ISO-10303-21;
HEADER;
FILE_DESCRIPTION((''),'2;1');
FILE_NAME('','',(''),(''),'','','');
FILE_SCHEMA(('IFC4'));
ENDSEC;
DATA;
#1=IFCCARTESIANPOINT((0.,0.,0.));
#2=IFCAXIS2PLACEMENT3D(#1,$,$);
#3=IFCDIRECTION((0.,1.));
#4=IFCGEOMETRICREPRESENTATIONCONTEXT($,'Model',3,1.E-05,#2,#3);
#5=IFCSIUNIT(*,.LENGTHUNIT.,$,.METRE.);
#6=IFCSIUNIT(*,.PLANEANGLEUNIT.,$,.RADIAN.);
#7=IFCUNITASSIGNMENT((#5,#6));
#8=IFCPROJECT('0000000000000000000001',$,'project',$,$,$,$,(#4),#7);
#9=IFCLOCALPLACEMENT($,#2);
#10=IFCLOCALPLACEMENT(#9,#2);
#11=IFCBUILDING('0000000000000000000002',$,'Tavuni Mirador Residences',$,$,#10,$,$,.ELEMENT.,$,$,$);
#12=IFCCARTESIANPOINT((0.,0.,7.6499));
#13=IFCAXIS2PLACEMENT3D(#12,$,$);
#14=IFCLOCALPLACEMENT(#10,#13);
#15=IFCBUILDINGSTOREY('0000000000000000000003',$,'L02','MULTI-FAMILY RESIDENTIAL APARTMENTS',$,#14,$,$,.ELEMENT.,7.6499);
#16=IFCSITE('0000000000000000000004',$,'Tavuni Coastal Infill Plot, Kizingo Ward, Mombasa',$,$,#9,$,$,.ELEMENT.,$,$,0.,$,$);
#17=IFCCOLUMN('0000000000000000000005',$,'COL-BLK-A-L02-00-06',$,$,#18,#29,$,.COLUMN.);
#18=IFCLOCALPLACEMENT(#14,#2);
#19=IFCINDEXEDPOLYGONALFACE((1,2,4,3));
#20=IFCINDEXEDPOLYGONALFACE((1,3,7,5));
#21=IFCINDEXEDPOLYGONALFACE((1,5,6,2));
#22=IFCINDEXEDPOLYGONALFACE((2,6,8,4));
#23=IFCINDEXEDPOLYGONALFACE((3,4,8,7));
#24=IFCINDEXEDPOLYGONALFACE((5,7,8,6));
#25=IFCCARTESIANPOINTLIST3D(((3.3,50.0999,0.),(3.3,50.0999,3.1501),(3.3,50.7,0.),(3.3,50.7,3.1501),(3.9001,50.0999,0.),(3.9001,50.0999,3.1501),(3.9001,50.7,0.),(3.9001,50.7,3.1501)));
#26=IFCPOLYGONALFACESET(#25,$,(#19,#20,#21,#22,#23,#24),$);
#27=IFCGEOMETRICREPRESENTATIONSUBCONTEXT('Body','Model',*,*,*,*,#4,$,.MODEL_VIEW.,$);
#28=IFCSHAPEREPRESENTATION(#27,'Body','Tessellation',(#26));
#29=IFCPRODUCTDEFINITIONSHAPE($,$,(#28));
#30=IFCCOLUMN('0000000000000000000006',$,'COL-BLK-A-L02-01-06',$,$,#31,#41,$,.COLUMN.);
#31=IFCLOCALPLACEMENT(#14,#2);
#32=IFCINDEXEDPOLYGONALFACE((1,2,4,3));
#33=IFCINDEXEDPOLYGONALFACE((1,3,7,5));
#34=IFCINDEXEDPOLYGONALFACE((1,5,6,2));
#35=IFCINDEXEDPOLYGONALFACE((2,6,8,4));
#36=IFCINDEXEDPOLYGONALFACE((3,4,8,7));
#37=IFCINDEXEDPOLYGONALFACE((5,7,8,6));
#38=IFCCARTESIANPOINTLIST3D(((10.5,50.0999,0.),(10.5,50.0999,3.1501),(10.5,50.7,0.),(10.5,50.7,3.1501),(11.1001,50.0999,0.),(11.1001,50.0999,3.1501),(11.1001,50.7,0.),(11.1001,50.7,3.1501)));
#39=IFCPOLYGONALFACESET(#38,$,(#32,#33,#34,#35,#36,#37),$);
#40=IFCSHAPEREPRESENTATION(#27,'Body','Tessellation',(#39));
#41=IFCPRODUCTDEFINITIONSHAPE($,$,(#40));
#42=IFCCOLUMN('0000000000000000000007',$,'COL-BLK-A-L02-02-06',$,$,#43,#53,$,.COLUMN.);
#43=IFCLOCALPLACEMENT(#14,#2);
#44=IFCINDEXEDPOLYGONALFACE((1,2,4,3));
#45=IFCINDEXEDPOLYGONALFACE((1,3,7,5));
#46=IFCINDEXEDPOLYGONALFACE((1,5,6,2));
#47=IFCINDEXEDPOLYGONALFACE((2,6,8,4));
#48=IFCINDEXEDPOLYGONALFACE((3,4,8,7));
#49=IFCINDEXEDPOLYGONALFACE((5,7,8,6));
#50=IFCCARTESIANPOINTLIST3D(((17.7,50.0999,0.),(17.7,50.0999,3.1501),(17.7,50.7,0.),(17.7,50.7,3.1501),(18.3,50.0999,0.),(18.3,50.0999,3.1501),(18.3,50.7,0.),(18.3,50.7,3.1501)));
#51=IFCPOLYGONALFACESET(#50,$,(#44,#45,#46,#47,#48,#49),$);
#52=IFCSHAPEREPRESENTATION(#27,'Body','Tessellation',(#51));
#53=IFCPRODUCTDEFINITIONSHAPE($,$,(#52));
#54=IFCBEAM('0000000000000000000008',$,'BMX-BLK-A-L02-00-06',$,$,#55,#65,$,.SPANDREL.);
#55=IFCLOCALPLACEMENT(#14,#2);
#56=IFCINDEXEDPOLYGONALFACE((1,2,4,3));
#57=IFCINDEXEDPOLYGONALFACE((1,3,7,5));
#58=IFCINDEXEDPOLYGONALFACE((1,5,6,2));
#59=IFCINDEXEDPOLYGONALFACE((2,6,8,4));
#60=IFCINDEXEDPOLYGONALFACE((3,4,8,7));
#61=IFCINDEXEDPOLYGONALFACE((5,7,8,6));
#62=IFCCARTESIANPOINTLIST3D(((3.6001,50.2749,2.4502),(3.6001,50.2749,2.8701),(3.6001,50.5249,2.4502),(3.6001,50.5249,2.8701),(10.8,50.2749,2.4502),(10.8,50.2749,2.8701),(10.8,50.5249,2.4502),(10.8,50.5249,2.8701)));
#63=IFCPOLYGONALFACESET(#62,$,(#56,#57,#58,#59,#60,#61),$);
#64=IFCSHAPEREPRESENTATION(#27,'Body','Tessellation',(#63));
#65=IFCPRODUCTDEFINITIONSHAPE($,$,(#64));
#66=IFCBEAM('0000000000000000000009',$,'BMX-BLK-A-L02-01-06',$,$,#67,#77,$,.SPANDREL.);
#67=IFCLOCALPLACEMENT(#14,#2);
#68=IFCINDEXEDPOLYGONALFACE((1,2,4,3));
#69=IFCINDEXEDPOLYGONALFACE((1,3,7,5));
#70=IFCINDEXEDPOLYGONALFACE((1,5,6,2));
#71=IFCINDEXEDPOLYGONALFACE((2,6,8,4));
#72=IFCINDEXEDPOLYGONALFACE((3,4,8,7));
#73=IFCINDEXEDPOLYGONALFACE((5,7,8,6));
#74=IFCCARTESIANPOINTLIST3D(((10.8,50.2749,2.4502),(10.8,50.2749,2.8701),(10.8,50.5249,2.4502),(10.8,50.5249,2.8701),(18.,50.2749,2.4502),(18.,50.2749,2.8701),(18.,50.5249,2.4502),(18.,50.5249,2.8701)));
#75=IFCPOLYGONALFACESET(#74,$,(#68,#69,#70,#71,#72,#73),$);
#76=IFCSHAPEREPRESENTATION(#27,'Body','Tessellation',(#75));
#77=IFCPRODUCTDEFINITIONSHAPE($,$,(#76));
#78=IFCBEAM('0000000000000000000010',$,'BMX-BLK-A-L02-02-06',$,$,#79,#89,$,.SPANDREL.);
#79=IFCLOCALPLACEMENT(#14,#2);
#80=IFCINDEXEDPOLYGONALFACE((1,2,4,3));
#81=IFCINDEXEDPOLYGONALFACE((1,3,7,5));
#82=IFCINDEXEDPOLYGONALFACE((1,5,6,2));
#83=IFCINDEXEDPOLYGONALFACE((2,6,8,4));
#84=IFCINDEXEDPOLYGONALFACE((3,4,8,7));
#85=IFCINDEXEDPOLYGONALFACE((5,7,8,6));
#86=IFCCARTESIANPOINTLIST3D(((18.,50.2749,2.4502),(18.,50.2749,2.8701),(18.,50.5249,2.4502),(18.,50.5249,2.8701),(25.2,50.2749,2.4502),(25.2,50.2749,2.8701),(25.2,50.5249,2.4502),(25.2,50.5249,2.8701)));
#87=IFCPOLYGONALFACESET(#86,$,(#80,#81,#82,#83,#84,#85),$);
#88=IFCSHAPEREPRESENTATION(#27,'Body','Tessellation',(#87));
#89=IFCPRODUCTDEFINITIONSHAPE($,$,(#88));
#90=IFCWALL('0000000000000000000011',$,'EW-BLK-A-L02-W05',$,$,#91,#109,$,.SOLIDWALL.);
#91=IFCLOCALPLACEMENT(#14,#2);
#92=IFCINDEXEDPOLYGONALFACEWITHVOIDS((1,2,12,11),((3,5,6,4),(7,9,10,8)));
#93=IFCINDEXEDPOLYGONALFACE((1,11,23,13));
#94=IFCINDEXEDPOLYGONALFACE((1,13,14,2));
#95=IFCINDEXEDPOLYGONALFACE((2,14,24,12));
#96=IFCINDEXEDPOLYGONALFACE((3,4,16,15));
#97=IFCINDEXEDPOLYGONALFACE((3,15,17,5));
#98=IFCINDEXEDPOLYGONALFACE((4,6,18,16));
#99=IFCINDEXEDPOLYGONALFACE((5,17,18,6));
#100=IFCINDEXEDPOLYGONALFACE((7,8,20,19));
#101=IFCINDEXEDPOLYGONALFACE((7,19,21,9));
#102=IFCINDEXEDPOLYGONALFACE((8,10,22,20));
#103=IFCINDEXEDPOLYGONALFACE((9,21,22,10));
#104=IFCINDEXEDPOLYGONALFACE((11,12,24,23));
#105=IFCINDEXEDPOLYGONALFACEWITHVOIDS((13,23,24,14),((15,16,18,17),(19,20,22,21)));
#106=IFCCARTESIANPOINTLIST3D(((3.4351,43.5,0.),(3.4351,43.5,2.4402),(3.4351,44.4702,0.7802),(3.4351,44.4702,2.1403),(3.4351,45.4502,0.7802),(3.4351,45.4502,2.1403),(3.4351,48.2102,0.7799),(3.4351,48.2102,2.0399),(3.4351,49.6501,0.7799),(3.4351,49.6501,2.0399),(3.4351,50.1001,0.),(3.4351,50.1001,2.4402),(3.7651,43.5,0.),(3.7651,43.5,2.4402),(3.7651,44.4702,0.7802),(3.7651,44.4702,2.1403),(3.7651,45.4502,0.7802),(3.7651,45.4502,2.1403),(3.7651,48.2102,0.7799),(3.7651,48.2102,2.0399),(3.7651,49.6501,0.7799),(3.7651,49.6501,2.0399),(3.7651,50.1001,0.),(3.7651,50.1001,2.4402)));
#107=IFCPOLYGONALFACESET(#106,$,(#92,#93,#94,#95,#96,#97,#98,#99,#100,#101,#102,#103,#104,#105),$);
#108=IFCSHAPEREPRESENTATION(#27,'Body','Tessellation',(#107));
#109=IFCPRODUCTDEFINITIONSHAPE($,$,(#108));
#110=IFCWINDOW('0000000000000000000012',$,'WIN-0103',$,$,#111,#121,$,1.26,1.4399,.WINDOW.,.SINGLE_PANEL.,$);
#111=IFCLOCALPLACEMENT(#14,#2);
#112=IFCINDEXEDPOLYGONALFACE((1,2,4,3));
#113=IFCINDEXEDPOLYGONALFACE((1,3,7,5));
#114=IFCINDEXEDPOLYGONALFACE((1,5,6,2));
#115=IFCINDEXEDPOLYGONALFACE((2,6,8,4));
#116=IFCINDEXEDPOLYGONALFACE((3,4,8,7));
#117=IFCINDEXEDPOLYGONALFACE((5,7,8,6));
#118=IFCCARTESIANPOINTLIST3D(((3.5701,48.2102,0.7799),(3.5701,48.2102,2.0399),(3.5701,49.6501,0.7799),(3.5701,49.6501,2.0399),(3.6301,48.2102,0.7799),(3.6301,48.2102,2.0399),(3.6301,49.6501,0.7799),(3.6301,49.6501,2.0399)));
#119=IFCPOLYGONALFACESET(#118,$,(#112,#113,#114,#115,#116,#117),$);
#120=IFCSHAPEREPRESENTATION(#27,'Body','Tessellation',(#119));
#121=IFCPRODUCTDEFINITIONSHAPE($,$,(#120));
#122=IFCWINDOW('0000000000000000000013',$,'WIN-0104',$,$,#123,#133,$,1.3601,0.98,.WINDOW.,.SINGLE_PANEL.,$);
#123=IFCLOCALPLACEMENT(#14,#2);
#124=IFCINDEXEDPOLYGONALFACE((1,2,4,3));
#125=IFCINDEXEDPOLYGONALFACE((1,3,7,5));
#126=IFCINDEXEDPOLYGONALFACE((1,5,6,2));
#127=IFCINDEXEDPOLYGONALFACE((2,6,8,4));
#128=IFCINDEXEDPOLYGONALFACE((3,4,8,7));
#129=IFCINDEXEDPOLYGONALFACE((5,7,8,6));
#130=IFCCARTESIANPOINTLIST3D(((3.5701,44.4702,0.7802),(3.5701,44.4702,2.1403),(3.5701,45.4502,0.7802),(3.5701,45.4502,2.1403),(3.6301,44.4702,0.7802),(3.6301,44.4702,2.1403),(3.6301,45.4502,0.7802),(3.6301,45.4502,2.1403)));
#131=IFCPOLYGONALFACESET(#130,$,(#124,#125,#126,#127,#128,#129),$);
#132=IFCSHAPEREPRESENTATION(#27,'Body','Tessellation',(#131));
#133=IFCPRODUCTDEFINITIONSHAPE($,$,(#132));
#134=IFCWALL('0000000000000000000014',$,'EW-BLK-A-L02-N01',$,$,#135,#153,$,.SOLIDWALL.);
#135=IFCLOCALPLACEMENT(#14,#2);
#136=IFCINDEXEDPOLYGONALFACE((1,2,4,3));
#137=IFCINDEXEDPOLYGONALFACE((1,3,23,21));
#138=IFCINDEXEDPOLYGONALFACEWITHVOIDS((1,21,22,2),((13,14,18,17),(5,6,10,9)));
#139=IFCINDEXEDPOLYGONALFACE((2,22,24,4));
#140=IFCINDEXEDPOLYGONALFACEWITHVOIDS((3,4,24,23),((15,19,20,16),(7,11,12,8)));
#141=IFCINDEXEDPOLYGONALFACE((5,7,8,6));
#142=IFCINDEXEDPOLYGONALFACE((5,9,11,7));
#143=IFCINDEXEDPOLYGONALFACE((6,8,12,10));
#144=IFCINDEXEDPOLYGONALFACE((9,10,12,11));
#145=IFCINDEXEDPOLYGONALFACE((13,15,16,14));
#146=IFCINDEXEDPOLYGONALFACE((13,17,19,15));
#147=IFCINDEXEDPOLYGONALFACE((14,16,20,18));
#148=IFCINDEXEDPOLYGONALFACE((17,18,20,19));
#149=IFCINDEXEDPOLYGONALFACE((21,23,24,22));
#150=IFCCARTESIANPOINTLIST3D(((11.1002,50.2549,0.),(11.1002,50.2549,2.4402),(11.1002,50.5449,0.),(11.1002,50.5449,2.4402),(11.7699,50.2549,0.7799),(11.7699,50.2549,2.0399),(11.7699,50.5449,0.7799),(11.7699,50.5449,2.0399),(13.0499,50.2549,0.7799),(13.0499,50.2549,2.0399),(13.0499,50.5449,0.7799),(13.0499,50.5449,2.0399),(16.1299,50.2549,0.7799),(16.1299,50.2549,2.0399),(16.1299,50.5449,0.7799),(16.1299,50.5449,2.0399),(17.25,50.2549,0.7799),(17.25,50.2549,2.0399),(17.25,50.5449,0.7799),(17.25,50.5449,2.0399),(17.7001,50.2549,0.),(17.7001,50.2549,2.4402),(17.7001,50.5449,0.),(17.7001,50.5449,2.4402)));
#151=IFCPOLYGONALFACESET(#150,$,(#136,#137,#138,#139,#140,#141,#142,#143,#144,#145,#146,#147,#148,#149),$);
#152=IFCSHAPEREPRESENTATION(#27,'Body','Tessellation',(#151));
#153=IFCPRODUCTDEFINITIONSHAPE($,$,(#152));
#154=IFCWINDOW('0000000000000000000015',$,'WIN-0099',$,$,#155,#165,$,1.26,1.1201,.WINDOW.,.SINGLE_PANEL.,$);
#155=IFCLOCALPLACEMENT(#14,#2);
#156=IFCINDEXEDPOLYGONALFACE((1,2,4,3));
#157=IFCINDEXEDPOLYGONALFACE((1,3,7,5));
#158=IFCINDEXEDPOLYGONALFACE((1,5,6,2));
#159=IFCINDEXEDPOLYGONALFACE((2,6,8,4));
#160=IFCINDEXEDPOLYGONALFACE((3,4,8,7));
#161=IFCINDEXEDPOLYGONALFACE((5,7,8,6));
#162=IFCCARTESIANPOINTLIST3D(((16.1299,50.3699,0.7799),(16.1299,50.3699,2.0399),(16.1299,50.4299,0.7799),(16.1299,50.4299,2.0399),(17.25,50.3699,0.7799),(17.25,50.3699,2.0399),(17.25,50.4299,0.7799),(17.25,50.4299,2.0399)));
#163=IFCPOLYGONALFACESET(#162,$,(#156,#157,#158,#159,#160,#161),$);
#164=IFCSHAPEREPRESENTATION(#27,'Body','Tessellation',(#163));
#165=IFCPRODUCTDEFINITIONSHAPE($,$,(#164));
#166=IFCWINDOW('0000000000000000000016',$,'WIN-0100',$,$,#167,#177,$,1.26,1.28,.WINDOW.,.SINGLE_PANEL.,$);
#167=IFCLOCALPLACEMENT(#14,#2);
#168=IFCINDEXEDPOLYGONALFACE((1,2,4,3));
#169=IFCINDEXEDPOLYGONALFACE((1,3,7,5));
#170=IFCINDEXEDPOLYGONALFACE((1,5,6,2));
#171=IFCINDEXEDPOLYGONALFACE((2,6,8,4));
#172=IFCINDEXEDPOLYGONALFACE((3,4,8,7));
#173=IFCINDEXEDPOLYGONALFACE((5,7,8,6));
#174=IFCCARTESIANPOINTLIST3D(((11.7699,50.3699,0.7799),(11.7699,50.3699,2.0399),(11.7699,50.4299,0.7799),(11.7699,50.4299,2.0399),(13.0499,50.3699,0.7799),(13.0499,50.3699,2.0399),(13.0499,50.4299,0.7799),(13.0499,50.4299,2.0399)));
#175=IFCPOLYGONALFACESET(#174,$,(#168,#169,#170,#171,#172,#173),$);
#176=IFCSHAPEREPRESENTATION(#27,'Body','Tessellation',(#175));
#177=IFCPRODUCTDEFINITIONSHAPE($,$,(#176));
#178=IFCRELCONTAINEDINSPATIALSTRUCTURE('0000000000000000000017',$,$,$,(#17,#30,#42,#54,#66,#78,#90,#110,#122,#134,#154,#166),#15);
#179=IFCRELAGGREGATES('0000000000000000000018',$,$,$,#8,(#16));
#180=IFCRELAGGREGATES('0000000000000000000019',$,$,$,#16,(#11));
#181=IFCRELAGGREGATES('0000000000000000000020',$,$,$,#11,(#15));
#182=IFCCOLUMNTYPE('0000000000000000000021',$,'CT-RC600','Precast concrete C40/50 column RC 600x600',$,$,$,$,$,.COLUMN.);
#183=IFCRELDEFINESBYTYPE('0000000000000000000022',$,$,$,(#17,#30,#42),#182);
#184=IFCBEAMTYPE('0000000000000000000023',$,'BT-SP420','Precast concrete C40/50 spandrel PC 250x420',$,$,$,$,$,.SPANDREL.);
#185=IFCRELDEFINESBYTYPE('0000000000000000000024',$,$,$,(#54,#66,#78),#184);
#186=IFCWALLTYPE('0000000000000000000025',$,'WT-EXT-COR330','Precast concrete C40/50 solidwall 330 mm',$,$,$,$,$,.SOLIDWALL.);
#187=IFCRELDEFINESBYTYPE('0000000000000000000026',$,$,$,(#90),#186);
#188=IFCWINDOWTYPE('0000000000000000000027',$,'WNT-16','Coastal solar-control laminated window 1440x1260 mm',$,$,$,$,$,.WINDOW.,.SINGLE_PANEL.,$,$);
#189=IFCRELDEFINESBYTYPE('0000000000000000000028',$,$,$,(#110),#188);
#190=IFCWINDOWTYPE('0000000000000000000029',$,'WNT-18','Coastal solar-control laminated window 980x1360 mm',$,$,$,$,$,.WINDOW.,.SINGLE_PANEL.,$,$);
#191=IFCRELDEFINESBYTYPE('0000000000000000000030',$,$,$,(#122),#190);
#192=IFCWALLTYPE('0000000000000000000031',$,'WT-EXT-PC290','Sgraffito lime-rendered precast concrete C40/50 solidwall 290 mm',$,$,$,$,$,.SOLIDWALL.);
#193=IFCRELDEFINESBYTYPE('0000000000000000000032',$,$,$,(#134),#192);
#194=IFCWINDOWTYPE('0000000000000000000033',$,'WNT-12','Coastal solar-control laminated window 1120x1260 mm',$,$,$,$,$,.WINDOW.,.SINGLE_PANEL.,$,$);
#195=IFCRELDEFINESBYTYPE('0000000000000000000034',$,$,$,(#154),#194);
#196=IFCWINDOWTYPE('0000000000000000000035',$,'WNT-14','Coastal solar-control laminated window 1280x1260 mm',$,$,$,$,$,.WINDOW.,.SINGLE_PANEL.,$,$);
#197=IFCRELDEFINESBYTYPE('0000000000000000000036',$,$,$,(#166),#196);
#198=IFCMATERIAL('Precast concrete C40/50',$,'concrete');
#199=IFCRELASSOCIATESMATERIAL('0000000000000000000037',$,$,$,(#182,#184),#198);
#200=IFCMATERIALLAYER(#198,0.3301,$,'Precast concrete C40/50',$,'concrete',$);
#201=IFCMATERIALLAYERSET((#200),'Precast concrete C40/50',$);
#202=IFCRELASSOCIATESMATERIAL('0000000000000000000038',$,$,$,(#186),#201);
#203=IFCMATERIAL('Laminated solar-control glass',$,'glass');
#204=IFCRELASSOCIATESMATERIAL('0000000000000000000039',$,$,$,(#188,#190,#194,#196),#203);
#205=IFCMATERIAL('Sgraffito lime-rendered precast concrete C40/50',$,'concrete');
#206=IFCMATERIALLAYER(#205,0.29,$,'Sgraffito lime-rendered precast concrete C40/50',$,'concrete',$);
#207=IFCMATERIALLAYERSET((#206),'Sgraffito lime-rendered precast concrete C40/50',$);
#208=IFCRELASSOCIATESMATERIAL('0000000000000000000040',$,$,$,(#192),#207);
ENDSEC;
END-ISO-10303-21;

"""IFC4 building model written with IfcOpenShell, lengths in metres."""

from ifc_helpers import new_model, si_unit, direction, frame, frame_2d, origin, origin_2d, place, context, subcontext, project, spatial, rectangle, extrude, material, layer, layer_set, material_profile, profile_set, type_object, element, fill, save


model = new_model("IFC4")

# Units and contexts
model_context = context("Model", 3, precision=1e-05, world=origin(), true_north=direction((0.0, 1.0)))
body_context = subcontext(model_context, "Body", "Model", "MODEL_VIEW")
ifc_project = project(units=[si_unit("LENGTHUNIT", "METRE"), si_unit("PLANEANGLEUNIT", "RADIAN")], contexts=[model_context])

# Site, building, storey
site_placement = place(None, origin())
site = spatial("IfcSite", under=ifc_project, at=site_placement, Name="Tavuni Coastal Infill Plot, Kizingo Ward, Mombasa", CompositionType="ELEMENT", RefElevation=0.0)
building_placement = place(site_placement, origin())
building = spatial("IfcBuilding", under=site, at=building_placement, Name="Tavuni Mirador Residences", CompositionType="ELEMENT")
storey_placement = place(building_placement, frame((0.0, 0.0, 7.6499)))
storey = spatial("IfcBuildingStorey", under=building, at=storey_placement, Name="L02", Description="MULTI-FAMILY RESIDENTIAL APARTMENTS", CompositionType="ELEMENT", Elevation=7.6499)

# Columns
ifc_material_1 = material(Name="Precast concrete C40/50", Category="concrete")
ifc_material_profile_1 = material_profile(ifc_material_1, rectangle(XDim=0.6001, YDim=0.6001, at=origin_2d()), Name="RC 600x600", Category="concrete")
ifc_profile_set_1 = profile_set([ifc_material_profile_1], Name="Precast concrete C40/50")
column_type = type_object("IfcColumnType", Name="CT-RC600", Description="Precast concrete C40/50 column RC 600x600", PredefinedType="COLUMN", material=ifc_profile_set_1)
for number, where, z_axis, x_axis, name in (
    (1, (3.6001, 50.3999, 0.0), (0.0, 0.0, 1.0), (1.0, 0.0, 0.0), "COL-BLK-A-L02-00-06"),
    (2, (10.8, 50.3999, 0.0), (0.0, 0.0, 1.0), (1.0, 0.0, 0.0), "COL-BLK-A-L02-01-06"),
    (3, (18.0, 50.3999, 0.0), (0.0, 0.0, 1.0), (1.0, 0.0, 0.0), "COL-BLK-A-L02-02-06"),
):
    element("IfcColumn", number, at=place(storey_placement, frame(where, z_axis=z_axis, x_axis=x_axis)), inside=storey, type_object=column_type, Name=name, PredefinedType="COLUMN", context=body_context, shape_type="SweptSolid", body=[
        extrude(rectangle(XDim=0.6001, YDim=0.6001, at=origin_2d()), origin(), (0.0, 0.0, 1.0), 3.1501),
    ])

# Beams
ifc_material_profile_2 = material_profile(ifc_material_1, rectangle(XDim=0.25, YDim=0.4199, at=origin_2d()), Name="PC 250x420", Category="concrete")
ifc_profile_set_2 = profile_set([ifc_material_profile_2], Name="Precast concrete C40/50")
beam_type = type_object("IfcBeamType", Name="BT-SP420", Description="Precast concrete C40/50 spandrel PC 250x420", PredefinedType="SPANDREL", material=ifc_profile_set_2)
for number, where, z_axis, x_axis, name in (
    (4, (3.6001, 50.3999, 2.6602), (1.0, 0.0, 0.0), (0.0, 1.0, 0.0), "BMX-BLK-A-L02-00-06"),
    (5, (10.8, 50.3999, 2.6602), (1.0, 0.0, 0.0), (0.0, 1.0, 0.0), "BMX-BLK-A-L02-01-06"),
    (6, (18.0, 50.3999, 2.6602), (1.0, 0.0, 0.0), (0.0, 1.0, 0.0), "BMX-BLK-A-L02-02-06"),
):
    element("IfcBeam", number, at=place(storey_placement, frame(where, z_axis=z_axis, x_axis=x_axis)), inside=storey, type_object=beam_type, Name=name, PredefinedType="SPANDREL", context=body_context, shape_type="SweptSolid", body=[
        extrude(rectangle(XDim=0.25, YDim=0.4199, at=origin_2d()), origin(), (0.0, 0.0, 1.0), 7.2),
    ])

# Walls, openings, windows
ifc_layer_1 = layer(ifc_material_1, 0.3301, Name="Precast concrete C40/50", Category="concrete")
ifc_layer_set_1 = layer_set([ifc_layer_1], Name="Precast concrete C40/50")
wall_type_1 = type_object("IfcWallType", Name="WT-EXT-COR330", Description="Precast concrete C40/50 solidwall 330 mm", PredefinedType="SOLIDWALL", material=ifc_layer_set_1)
wall_1_placement = place(storey_placement, frame((3.6001, 50.1001, 0.0), z_axis=(0.0, 0.0, 1.0), x_axis=(0.0, -1.0, 0.0)))
wall_1 = element("IfcWall", 7, at=wall_1_placement, inside=storey, type_object=wall_type_1, Name="EW-BLK-A-L02-W05", PredefinedType="SOLIDWALL", context=body_context, shape_type="SweptSolid", body=[
    extrude(rectangle(XDim=6.6001, YDim=0.3301, at=frame_2d((3.3, 0.0))), origin(), (0.0, 0.0, 1.0), 2.4402),
])
opening_1_placement = place(wall_1_placement, frame((0.45, 0.0, 0.78)))
opening_1 = element("IfcOpeningElement", 8, at=opening_1_placement, cuts=wall_1, PredefinedType="OPENING", context=body_context, shape_type="SweptSolid", body=[
    extrude(rectangle(XDim=1.4399, YDim=1.26, at=frame_2d((0.72, 0.6299))), frame((0.0, 0.175, 0.0), z_axis=(0.0, -1.0, 0.0), x_axis=(1.0, 0.0, 0.0)), (0.0, 0.0, 1.0), 0.3501),
])
opening_2_placement = place(wall_1_placement, frame((4.6499, 0.0, 0.78)))
opening_2 = element("IfcOpeningElement", 9, at=opening_2_placement, cuts=wall_1, PredefinedType="OPENING", context=body_context, shape_type="SweptSolid", body=[
    extrude(rectangle(XDim=0.98, YDim=1.3601, at=frame_2d((0.49, 0.6802))), frame((0.0, 0.175, 0.0), z_axis=(0.0, -1.0, 0.0), x_axis=(1.0, 0.0, 0.0)), (0.0, 0.0, 1.0), 0.3501),
])
ifc_material_2 = material(Name="Laminated solar-control glass", Category="glass")
window_type_1 = type_object("IfcWindowType", Name="WNT-16", Description="Coastal solar-control laminated window 1440x1260 mm", PartitioningType="SINGLE_PANEL", PredefinedType="WINDOW", material=ifc_material_2)
window_1_placement = place(opening_1_placement, origin())
window_1 = element("IfcWindow", 10, at=window_1_placement, inside=storey, type_object=window_type_1, Name="WIN-0103", OverallHeight=1.26, OverallWidth=1.4399, PartitioningType="SINGLE_PANEL", PredefinedType="WINDOW", context=body_context, shape_type="SweptSolid", body=[
    extrude(rectangle(XDim=1.4399, YDim=1.26, at=frame_2d((0.72, 0.6299))), frame((0.0, 0.03, 0.0), z_axis=(0.0, -1.0, 0.0), x_axis=(1.0, 0.0, 0.0)), (0.0, 0.0, 1.0), 0.0601),
])
fill(opening_1, window_1)
window_type_2 = type_object("IfcWindowType", Name="WNT-18", Description="Coastal solar-control laminated window 980x1360 mm", PartitioningType="SINGLE_PANEL", PredefinedType="WINDOW", material=ifc_material_2)
window_2_placement = place(opening_2_placement, origin())
window_2 = element("IfcWindow", 11, at=window_2_placement, inside=storey, type_object=window_type_2, Name="WIN-0104", OverallHeight=1.3601, OverallWidth=0.98, PartitioningType="SINGLE_PANEL", PredefinedType="WINDOW", context=body_context, shape_type="SweptSolid", body=[
    extrude(rectangle(XDim=0.98, YDim=1.3601, at=frame_2d((0.49, 0.6802))), frame((0.0, 0.03, 0.0), z_axis=(0.0, -1.0, 0.0), x_axis=(1.0, 0.0, 0.0)), (0.0, 0.0, 1.0), 0.0601),
])
fill(opening_2, window_2)
ifc_material_3 = material(Name="Sgraffito lime-rendered precast concrete C40/50", Category="concrete")
ifc_layer_2 = layer(ifc_material_3, 0.29, Name="Sgraffito lime-rendered precast concrete C40/50", Category="concrete")
ifc_layer_set_2 = layer_set([ifc_layer_2], Name="Sgraffito lime-rendered precast concrete C40/50")
wall_type_2 = type_object("IfcWallType", Name="WT-EXT-PC290", Description="Sgraffito lime-rendered precast concrete C40/50 solidwall 290 mm", PredefinedType="SOLIDWALL", material=ifc_layer_set_2)
wall_2_placement = place(storey_placement, frame((17.7, 50.3999, 0.0), z_axis=(0.0, 0.0, 1.0), x_axis=(-1.0, 0.0, 0.0)))
wall_2 = element("IfcWall", 12, at=wall_2_placement, inside=storey, type_object=wall_type_2, Name="EW-BLK-A-L02-N01", PredefinedType="SOLIDWALL", context=body_context, shape_type="SweptSolid", body=[
    extrude(rectangle(XDim=6.5999, YDim=0.29, at=frame_2d((3.2998, 0.0))), origin(), (0.0, 0.0, 1.0), 2.4402),
])
opening_3_placement = place(wall_2_placement, frame((0.45, 0.0, 0.78)))
opening_3 = element("IfcOpeningElement", 13, at=opening_3_placement, cuts=wall_2, PredefinedType="OPENING", context=body_context, shape_type="SweptSolid", body=[
    extrude(rectangle(XDim=1.1201, YDim=1.26, at=frame_2d((0.5601, 0.6299))), frame((0.0, 0.155, 0.0), z_axis=(0.0, -1.0, 0.0), x_axis=(1.0, 0.0, 0.0)), (0.0, 0.0, 1.0), 0.3101),
])
opening_4_placement = place(wall_2_placement, frame((4.6499, 0.0, 0.78)))
opening_4 = element("IfcOpeningElement", 14, at=opening_4_placement, cuts=wall_2, PredefinedType="OPENING", context=body_context, shape_type="SweptSolid", body=[
    extrude(rectangle(XDim=1.28, YDim=1.26, at=frame_2d((0.6401, 0.6299))), frame((0.0, 0.155, 0.0), z_axis=(0.0, -1.0, 0.0), x_axis=(1.0, 0.0, 0.0)), (0.0, 0.0, 1.0), 0.3101),
])
window_type_3 = type_object("IfcWindowType", Name="WNT-12", Description="Coastal solar-control laminated window 1120x1260 mm", PartitioningType="SINGLE_PANEL", PredefinedType="WINDOW", material=ifc_material_2)
window_3_placement = place(opening_3_placement, origin())
window_3 = element("IfcWindow", 15, at=window_3_placement, inside=storey, type_object=window_type_3, Name="WIN-0099", OverallHeight=1.26, OverallWidth=1.1201, PartitioningType="SINGLE_PANEL", PredefinedType="WINDOW", context=body_context, shape_type="SweptSolid", body=[
    extrude(rectangle(XDim=1.1201, YDim=1.26, at=frame_2d((0.5601, 0.6299))), frame((0.0, 0.03, 0.0), z_axis=(0.0, -1.0, 0.0), x_axis=(1.0, 0.0, 0.0)), (0.0, 0.0, 1.0), 0.0601),
])
fill(opening_3, window_3)
window_type_4 = type_object("IfcWindowType", Name="WNT-14", Description="Coastal solar-control laminated window 1280x1260 mm", PartitioningType="SINGLE_PANEL", PredefinedType="WINDOW", material=ifc_material_2)
window_4_placement = place(opening_4_placement, origin())
window_4 = element("IfcWindow", 16, at=window_4_placement, inside=storey, type_object=window_type_4, Name="WIN-0100", OverallHeight=1.26, OverallWidth=1.28, PartitioningType="SINGLE_PANEL", PredefinedType="WINDOW", context=body_context, shape_type="SweptSolid", body=[
    extrude(rectangle(XDim=1.28, YDim=1.26, at=frame_2d((0.6401, 0.6299))), frame((0.0, 0.03, 0.0), z_axis=(0.0, -1.0, 0.0), x_axis=(1.0, 0.0, 0.0)), (0.0, 0.0, 1.0), 0.0601),
])
fill(opening_4, window_4)

save(model, "model.ifc")
